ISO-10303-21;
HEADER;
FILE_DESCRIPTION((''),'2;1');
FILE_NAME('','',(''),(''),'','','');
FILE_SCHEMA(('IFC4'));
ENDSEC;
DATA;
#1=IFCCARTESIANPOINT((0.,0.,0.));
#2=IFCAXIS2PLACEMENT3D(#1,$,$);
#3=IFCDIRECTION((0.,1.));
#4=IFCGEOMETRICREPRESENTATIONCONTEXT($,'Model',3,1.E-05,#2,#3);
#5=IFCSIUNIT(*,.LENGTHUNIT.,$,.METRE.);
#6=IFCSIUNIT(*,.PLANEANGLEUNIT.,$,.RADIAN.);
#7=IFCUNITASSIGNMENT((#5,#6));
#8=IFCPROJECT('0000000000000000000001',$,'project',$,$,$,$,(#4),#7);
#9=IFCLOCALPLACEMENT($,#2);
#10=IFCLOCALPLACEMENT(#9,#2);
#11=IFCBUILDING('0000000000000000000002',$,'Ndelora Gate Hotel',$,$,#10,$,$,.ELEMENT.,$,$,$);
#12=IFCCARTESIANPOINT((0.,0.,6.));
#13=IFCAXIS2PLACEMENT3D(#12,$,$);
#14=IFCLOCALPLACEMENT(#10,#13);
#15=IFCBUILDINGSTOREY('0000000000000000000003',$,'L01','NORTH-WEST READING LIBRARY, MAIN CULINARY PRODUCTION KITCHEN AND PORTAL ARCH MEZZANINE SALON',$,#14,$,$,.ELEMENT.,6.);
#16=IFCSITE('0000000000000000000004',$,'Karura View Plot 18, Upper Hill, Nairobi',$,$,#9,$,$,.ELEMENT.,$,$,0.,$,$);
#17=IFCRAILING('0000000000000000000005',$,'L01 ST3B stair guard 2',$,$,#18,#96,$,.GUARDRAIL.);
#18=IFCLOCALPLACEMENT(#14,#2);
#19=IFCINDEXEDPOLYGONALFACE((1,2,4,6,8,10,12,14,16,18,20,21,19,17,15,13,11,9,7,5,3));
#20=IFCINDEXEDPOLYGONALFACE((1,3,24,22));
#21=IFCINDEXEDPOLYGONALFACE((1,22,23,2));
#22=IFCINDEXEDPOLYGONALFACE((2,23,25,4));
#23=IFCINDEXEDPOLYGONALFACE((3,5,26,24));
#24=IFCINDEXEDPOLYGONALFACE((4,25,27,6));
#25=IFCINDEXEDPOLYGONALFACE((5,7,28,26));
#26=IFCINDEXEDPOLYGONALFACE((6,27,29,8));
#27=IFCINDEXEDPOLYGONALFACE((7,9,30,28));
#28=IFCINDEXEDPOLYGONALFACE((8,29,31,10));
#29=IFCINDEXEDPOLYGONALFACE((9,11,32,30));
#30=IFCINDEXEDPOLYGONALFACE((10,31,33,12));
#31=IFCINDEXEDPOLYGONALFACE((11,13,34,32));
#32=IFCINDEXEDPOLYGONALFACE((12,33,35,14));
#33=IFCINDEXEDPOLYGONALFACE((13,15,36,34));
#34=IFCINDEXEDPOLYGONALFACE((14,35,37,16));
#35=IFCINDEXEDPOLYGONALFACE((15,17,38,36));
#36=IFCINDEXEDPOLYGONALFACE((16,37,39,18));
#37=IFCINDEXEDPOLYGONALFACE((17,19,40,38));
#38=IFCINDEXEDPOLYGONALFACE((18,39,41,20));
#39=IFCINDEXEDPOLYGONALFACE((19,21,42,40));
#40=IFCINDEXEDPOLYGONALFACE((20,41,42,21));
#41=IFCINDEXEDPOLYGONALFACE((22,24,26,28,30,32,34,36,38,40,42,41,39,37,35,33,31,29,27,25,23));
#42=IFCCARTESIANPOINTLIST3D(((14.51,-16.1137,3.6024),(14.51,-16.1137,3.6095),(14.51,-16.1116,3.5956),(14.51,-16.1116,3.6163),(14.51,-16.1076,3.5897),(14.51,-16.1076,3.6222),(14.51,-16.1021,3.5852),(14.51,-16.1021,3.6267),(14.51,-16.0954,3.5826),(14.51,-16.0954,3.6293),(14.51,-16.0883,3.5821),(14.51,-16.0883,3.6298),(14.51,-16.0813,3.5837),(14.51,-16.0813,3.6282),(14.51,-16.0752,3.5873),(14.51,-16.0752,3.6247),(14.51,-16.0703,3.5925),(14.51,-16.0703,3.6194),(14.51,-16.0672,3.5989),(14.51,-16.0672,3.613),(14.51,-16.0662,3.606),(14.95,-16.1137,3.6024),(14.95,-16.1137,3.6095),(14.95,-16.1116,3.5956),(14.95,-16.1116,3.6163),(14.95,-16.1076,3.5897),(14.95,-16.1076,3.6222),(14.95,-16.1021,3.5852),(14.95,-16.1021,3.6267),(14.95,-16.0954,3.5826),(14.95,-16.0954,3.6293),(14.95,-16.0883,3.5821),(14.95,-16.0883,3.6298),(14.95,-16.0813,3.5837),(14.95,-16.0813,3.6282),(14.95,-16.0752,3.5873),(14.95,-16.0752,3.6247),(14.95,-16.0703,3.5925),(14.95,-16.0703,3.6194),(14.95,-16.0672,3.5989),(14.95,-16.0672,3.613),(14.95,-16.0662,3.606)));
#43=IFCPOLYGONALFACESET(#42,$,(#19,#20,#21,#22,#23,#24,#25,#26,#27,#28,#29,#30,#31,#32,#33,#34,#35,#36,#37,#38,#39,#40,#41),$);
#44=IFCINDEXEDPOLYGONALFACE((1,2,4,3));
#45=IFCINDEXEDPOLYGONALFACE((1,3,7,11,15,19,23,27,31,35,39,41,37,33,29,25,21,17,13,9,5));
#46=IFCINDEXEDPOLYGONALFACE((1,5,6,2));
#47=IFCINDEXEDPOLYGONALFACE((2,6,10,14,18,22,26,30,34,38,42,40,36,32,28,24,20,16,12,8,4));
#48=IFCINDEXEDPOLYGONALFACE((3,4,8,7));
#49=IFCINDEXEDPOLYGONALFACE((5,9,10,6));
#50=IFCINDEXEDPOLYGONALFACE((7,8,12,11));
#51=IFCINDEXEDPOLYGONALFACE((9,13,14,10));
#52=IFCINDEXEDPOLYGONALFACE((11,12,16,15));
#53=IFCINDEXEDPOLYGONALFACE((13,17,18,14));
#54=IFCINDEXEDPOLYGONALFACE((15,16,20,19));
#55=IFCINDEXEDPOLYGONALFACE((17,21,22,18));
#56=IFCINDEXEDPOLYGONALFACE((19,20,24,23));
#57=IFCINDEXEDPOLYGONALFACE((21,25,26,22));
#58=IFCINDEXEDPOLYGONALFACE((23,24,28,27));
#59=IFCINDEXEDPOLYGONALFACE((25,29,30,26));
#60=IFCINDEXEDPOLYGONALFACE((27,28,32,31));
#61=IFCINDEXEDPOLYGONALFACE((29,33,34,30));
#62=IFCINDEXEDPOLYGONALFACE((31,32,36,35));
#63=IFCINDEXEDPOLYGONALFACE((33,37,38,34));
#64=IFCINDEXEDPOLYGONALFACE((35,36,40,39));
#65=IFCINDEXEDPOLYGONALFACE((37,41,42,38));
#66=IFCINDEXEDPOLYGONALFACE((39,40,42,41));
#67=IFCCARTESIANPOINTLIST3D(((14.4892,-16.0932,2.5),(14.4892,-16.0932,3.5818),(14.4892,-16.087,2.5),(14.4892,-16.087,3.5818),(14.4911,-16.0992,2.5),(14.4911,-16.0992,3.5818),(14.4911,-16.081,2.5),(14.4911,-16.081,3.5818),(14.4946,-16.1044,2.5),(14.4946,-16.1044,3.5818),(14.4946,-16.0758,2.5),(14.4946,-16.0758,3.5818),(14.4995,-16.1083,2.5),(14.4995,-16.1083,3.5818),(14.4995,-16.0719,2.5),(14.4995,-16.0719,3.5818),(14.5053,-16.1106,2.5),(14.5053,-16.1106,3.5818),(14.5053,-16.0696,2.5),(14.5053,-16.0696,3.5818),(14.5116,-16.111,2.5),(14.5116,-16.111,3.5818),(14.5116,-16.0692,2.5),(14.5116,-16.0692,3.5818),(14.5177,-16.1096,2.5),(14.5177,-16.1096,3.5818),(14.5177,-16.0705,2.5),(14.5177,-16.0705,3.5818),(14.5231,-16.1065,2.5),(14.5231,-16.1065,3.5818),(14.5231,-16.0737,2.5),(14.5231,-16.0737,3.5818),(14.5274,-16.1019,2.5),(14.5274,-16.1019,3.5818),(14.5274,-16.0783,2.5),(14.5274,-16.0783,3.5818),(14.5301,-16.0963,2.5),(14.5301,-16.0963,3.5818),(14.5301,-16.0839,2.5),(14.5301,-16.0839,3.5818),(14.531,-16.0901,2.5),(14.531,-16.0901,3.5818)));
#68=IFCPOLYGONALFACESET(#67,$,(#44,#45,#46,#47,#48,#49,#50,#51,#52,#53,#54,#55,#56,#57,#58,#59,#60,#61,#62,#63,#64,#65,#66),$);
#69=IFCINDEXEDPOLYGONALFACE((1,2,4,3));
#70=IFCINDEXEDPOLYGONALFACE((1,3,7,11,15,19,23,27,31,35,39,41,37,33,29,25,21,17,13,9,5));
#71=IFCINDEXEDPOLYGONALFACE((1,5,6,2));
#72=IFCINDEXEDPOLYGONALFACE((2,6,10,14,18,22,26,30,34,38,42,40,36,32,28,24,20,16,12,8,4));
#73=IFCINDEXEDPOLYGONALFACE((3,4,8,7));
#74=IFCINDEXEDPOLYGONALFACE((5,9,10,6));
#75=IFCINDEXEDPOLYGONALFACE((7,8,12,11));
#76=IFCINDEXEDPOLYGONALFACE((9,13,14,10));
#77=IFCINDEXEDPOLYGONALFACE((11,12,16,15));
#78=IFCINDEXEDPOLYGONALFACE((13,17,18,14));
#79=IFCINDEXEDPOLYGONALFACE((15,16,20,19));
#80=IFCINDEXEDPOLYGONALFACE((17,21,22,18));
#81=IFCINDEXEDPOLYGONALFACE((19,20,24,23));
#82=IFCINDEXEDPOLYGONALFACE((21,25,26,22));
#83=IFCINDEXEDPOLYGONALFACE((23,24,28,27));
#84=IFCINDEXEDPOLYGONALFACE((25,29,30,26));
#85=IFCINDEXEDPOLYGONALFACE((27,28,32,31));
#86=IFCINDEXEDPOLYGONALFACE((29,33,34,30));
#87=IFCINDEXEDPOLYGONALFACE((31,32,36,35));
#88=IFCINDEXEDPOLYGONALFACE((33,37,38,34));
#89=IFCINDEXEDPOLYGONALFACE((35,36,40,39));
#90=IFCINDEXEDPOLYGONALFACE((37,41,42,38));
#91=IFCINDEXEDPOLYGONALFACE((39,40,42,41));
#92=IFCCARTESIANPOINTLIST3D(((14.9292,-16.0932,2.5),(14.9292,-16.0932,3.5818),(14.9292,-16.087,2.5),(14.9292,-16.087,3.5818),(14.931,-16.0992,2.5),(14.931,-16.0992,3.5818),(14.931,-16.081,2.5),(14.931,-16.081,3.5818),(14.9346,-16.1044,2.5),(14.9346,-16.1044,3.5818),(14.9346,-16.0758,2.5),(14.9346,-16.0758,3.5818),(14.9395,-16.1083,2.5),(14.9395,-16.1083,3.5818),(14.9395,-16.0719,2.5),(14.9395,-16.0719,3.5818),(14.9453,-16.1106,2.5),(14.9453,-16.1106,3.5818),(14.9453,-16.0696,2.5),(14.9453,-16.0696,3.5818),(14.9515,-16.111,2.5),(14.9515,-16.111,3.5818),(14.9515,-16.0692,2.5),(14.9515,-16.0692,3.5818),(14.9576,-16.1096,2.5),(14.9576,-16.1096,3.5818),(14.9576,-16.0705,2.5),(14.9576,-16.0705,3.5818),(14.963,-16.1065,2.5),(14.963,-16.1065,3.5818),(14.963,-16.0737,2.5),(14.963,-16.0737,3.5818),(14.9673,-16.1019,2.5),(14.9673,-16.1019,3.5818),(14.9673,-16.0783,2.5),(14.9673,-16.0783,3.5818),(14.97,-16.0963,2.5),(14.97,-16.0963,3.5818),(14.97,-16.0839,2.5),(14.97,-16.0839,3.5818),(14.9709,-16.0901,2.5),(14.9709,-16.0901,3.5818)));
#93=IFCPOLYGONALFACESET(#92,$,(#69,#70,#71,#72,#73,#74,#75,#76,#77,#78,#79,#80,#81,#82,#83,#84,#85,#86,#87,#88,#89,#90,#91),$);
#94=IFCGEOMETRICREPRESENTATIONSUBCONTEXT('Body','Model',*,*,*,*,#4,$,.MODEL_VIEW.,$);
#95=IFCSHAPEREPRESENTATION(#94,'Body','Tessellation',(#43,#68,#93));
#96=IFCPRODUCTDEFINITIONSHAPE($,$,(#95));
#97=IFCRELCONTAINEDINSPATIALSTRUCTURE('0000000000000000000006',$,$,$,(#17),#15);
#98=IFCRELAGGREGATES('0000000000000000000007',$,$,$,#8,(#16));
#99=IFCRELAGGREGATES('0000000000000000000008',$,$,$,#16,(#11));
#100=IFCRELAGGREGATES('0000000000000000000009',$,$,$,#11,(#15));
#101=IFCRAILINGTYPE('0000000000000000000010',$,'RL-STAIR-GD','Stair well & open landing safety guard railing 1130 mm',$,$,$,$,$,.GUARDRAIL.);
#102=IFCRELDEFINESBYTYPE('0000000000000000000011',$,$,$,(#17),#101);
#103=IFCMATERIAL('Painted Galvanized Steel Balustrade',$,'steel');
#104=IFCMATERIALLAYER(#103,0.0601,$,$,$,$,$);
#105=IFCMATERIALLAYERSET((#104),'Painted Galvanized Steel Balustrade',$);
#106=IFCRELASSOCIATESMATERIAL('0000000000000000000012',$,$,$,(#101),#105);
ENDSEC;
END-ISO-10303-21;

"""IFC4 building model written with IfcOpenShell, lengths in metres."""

from ifc_helpers import new_model, si_unit, direction, frame, origin, origin_2d, place, context, subcontext, project, spatial, circle, extrude, material, layer, layer_set, type_object, element, save


model = new_model("IFC4")

# Units and contexts
model_context = context("Model", 3, precision=1e-05, world=origin(), true_north=direction((0.0, 1.0)))
body_context = subcontext(model_context, "Body", "Model", "MODEL_VIEW")
ifc_project = project(units=[si_unit("LENGTHUNIT", "METRE"), si_unit("PLANEANGLEUNIT", "RADIAN")], contexts=[model_context])

# Site, building, storey
site_placement = place(None, origin())
site = spatial("IfcSite", under=ifc_project, at=site_placement, Name="Karura View Plot 18, Upper Hill, Nairobi", CompositionType="ELEMENT", RefElevation=0.0)
building_placement = place(site_placement, origin())
building = spatial("IfcBuilding", under=site, at=building_placement, Name="Ndelora Gate Hotel", CompositionType="ELEMENT")
storey_placement = place(building_placement, frame((0.0, 0.0, 6.0)))
storey = spatial("IfcBuildingStorey", under=building, at=storey_placement, Name="L01", Description="NORTH-WEST READING LIBRARY, MAIN CULINARY PRODUCTION KITCHEN AND PORTAL ARCH MEZZANINE SALON", CompositionType="ELEMENT", Elevation=6.0)

# Railing
ifc_material_1 = material(Name="Painted Galvanized Steel Balustrade", Category="steel")
ifc_layer_1 = layer(ifc_material_1, 0.0601)
ifc_layer_set_1 = layer_set([ifc_layer_1], Name="Painted Galvanized Steel Balustrade")
railing_type_1 = type_object("IfcRailingType", Name="RL-STAIR-GD", Description="Stair well & open landing safety guard railing 1130 mm", PredefinedType="GUARDRAIL", material=ifc_layer_set_1)
railing_1_placement = place(storey_placement, frame((14.51, -16.0901, 2.5)))
element("IfcRailing", 1, at=railing_1_placement, inside=storey, type_object=railing_type_1, Name="L01 ST3B stair guard 2", PredefinedType="GUARDRAIL", context=body_context, shape_type="SweptSolid", body=[
    extrude(circle(Radius=0.0239, at=origin_2d()), frame((0.0, 0.0, 1.106), z_axis=(1.0, 0.0, 0.0), x_axis=(0.0, 1.0, 0.0)), (0.0, 0.0, 1.0), 0.4399),
    extrude(circle(Radius=0.021, at=origin_2d()), origin(), (0.0, 0.0, 1.0), 1.0818),
    extrude(circle(Radius=0.021, at=origin_2d()), frame((0.4399, 0.0, 0.0)), (0.0, 0.0, 1.0), 1.0818),
])

save(model, "model.ifc")
